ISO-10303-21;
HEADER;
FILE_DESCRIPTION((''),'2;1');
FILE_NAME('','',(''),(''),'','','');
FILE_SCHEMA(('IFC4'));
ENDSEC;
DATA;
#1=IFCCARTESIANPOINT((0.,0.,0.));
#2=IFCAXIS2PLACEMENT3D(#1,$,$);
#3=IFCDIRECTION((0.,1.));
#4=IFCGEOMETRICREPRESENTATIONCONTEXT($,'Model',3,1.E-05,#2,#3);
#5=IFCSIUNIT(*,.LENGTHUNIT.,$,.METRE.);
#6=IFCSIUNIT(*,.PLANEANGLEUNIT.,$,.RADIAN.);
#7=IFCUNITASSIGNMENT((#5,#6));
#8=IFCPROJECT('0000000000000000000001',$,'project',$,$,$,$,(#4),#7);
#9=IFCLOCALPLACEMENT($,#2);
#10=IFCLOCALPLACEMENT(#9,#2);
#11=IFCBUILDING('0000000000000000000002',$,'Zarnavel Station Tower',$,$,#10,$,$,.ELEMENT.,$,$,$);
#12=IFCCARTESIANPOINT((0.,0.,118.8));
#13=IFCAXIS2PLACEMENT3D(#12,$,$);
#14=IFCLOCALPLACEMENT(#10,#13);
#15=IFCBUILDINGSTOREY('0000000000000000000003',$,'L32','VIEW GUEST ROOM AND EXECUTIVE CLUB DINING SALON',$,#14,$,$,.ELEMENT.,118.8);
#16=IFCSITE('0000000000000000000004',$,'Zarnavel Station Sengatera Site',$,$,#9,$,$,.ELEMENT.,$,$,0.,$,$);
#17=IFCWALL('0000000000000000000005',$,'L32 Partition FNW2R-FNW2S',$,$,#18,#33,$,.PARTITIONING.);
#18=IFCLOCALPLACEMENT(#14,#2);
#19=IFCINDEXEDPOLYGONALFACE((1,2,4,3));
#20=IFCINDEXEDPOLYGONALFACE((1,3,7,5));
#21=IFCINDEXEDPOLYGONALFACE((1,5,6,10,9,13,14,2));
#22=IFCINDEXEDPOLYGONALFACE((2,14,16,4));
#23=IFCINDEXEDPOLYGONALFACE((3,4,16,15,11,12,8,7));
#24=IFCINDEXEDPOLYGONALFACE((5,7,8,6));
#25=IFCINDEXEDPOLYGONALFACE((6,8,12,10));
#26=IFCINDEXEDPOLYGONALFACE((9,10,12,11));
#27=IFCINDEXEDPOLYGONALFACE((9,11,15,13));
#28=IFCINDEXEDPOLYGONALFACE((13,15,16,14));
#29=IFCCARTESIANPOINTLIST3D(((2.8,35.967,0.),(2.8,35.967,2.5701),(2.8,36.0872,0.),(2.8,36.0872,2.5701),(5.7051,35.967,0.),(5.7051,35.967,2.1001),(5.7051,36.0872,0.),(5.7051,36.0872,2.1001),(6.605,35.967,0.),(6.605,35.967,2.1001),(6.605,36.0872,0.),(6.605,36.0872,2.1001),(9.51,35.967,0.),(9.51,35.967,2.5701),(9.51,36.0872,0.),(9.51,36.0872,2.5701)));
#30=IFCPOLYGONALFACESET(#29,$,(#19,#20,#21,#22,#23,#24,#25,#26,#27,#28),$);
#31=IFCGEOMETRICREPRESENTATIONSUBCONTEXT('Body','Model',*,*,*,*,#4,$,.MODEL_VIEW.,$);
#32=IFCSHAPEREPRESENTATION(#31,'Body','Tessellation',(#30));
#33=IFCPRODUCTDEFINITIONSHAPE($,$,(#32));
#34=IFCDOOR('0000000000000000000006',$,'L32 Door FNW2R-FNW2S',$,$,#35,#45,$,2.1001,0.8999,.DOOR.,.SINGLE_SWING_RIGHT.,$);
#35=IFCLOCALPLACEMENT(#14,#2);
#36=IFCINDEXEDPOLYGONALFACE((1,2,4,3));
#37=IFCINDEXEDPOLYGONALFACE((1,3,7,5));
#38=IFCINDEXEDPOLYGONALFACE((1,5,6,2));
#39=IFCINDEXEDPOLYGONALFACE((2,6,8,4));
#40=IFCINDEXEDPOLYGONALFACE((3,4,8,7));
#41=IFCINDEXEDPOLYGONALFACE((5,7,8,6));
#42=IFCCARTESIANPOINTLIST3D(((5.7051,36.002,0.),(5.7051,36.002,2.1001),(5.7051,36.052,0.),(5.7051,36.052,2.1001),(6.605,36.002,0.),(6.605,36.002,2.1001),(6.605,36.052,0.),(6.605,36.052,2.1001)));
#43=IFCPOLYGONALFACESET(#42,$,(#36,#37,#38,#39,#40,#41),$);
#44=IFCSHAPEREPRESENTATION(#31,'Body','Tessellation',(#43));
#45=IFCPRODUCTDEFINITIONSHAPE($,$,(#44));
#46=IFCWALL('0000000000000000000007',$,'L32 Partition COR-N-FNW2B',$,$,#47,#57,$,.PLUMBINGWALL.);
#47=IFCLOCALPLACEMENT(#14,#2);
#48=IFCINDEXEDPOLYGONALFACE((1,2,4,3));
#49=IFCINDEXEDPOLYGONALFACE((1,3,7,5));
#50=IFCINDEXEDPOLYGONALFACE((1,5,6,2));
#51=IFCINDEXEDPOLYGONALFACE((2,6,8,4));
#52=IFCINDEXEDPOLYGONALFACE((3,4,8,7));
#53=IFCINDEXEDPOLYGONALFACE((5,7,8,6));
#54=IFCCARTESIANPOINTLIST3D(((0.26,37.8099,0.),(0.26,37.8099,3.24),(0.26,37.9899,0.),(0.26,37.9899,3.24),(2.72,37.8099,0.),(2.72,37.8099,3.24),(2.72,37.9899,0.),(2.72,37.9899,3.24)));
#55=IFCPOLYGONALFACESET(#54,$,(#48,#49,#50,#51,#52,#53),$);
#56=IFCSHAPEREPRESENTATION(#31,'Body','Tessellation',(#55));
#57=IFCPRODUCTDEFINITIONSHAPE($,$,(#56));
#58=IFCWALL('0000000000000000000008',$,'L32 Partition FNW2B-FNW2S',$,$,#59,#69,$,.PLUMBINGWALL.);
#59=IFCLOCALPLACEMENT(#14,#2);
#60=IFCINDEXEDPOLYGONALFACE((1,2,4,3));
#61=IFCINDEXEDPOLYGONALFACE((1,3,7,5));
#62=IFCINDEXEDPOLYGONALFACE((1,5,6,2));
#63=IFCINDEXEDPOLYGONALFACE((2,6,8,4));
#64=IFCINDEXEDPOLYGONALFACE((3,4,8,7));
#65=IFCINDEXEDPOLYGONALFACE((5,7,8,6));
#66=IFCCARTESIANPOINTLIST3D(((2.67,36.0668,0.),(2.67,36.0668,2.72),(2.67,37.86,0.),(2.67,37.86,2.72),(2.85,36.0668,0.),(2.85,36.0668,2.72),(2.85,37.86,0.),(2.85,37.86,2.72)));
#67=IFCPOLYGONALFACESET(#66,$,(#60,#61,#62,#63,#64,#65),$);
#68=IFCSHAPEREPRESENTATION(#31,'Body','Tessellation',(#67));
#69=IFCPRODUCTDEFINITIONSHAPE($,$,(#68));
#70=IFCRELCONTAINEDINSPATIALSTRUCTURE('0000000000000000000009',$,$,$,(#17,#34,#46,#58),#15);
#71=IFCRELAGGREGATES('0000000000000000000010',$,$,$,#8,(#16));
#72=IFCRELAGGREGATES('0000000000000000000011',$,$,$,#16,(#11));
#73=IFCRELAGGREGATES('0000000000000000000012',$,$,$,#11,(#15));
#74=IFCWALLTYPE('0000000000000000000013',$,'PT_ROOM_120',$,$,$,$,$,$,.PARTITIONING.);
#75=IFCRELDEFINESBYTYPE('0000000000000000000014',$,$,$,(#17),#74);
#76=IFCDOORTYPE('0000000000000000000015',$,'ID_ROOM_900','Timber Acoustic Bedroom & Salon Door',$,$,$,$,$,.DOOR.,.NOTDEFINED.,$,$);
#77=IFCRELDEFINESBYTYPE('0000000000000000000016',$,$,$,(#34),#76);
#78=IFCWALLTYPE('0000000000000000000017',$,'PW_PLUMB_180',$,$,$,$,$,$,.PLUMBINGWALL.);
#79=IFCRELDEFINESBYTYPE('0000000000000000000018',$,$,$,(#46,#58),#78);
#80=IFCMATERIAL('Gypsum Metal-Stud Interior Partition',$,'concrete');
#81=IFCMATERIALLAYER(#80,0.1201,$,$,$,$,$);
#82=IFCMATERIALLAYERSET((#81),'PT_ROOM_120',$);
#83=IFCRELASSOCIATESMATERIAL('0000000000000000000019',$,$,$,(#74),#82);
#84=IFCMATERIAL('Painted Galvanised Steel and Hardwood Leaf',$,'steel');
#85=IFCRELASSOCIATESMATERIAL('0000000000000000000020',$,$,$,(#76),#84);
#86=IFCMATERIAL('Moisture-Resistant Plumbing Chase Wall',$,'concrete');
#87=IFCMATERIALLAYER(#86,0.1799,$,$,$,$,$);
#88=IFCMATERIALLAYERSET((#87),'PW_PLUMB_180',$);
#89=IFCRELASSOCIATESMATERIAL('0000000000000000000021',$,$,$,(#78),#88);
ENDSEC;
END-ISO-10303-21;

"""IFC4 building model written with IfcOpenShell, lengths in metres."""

from ifc_helpers import new_model, si_unit, direction, frame, frame_2d, origin, place, context, subcontext, project, spatial, rectangle, extrude, material, layer, layer_set, type_object, element, fill, save


model = new_model("IFC4")

# Units and contexts
model_context = context("Model", 3, precision=1e-05, world=origin(), true_north=direction((0.0, 1.0)))
body_context = subcontext(model_context, "Body", "Model", "MODEL_VIEW")
ifc_project = project(units=[si_unit("LENGTHUNIT", "METRE"), si_unit("PLANEANGLEUNIT", "RADIAN")], contexts=[model_context])

# Site, building, storey
site_placement = place(None, origin())
site = spatial("IfcSite", under=ifc_project, at=site_placement, Name="Zarnavel Station Sengatera Site", CompositionType="ELEMENT", RefElevation=0.0)
building_placement = place(site_placement, origin())
building = spatial("IfcBuilding", under=site, at=building_placement, Name="Zarnavel Station Tower", CompositionType="ELEMENT")
storey_placement = place(building_placement, frame((0.0, 0.0, 118.8)))
storey = spatial("IfcBuildingStorey", under=building, at=storey_placement, Name="L32", Description="VIEW GUEST ROOM AND EXECUTIVE CLUB DINING SALON", CompositionType="ELEMENT", Elevation=118.8)

# Wall, opening, door
ifc_material_1 = material(Name="Gypsum Metal-Stud Interior Partition", Category="concrete")
ifc_layer_1 = layer(ifc_material_1, 0.1201)
ifc_layer_set_1 = layer_set([ifc_layer_1], Name="PT_ROOM_120")
wall_type_1 = type_object("IfcWallType", Name="PT_ROOM_120", PredefinedType="PARTITIONING", material=ifc_layer_set_1)
ifc_material_2 = material(Name="Painted Galvanised Steel and Hardwood Leaf", Category="steel")
door_type = type_object("IfcDoorType", Name="ID_ROOM_900", Description="Timber Acoustic Bedroom & Salon Door", OperationType="NOTDEFINED", PredefinedType="DOOR", material=ifc_material_2)
wall_1_placement = place(storey_placement, frame((2.8, 36.0271, 0.0), z_axis=(0.0, 0.0, 1.0), x_axis=(1.0, 0.0, 0.0)))
wall_1 = element("IfcWall", 1, at=wall_1_placement, inside=storey, type_object=wall_type_1, Name="L32 Partition FNW2R-FNW2S", PredefinedType="PARTITIONING", context=body_context, shape_type="SweptSolid", body=[
    extrude(rectangle(XDim=6.71, YDim=0.1201, at=frame_2d((3.355, 0.0))), origin(), (0.0, 0.0, 1.0), 2.5701),
])
opening_1_placement = place(wall_1_placement, frame((2.905, 0.0, 0.0)))
opening_1 = element("IfcOpeningElement", 2, at=opening_1_placement, cuts=wall_1, PredefinedType="OPENING", context=body_context, shape_type="SweptSolid", body=[
    extrude(rectangle(XDim=0.8999, YDim=2.1001, at=frame_2d((0.45, 1.05))), frame((0.0, 0.0701, 0.0), z_axis=(0.0, -1.0, 0.0), x_axis=(1.0, 0.0, 0.0)), (0.0, 0.0, 1.0), 0.1401),
])
door_1_placement = place(opening_1_placement, origin())
door_1 = element("IfcDoor", 3, at=door_1_placement, inside=storey, type_object=door_type, Name="L32 Door FNW2R-FNW2S", OperationType="SINGLE_SWING_RIGHT", OverallHeight=2.1001, OverallWidth=0.8999, PredefinedType="DOOR", context=body_context, shape_type="SweptSolid", body=[
    extrude(rectangle(XDim=0.8999, YDim=2.1001, at=frame_2d((0.45, 1.05))), frame((0.0, 0.0249, 0.0), z_axis=(0.0, -1.0, 0.0), x_axis=(1.0, 0.0, 0.0)), (0.0, 0.0, 1.0), 0.05),
])
fill(opening_1, door_1)

# Walls
ifc_material_3 = material(Name="Moisture-Resistant Plumbing Chase Wall", Category="concrete")
ifc_layer_2 = layer(ifc_material_3, 0.1799)
ifc_layer_set_2 = layer_set([ifc_layer_2], Name="PW_PLUMB_180")
wall_type_2 = type_object("IfcWallType", Name="PW_PLUMB_180", PredefinedType="PLUMBINGWALL", material=ifc_layer_set_2)
wall_2_placement = place(storey_placement, frame((0.26, 37.8999, 0.0), z_axis=(0.0, 0.0, 1.0), x_axis=(1.0, 0.0, 0.0)))
element("IfcWall", 4, at=wall_2_placement, inside=storey, type_object=wall_type_2, Name="L32 Partition COR-N-FNW2B", PredefinedType="PLUMBINGWALL", context=body_context, shape_type="SweptSolid", body=[
    extrude(rectangle(XDim=2.46, YDim=0.1799, at=frame_2d((1.23, 0.0))), origin(), (0.0, 0.0, 1.0), 3.24),
])
wall_3_placement = place(storey_placement, frame((2.76, 36.0669, 0.0), z_axis=(0.0, 0.0, 1.0), x_axis=(0.0, 1.0, 0.0)))
element("IfcWall", 5, at=wall_3_placement, inside=storey, type_object=wall_type_2, Name="L32 Partition FNW2B-FNW2S", PredefinedType="PLUMBINGWALL", context=body_context, shape_type="SweptSolid", body=[
    extrude(rectangle(XDim=1.7932, YDim=0.1799, at=frame_2d((0.8965, 0.0))), origin(), (0.0, 0.0, 1.0), 2.72),
])

save(model, "model.ifc")
